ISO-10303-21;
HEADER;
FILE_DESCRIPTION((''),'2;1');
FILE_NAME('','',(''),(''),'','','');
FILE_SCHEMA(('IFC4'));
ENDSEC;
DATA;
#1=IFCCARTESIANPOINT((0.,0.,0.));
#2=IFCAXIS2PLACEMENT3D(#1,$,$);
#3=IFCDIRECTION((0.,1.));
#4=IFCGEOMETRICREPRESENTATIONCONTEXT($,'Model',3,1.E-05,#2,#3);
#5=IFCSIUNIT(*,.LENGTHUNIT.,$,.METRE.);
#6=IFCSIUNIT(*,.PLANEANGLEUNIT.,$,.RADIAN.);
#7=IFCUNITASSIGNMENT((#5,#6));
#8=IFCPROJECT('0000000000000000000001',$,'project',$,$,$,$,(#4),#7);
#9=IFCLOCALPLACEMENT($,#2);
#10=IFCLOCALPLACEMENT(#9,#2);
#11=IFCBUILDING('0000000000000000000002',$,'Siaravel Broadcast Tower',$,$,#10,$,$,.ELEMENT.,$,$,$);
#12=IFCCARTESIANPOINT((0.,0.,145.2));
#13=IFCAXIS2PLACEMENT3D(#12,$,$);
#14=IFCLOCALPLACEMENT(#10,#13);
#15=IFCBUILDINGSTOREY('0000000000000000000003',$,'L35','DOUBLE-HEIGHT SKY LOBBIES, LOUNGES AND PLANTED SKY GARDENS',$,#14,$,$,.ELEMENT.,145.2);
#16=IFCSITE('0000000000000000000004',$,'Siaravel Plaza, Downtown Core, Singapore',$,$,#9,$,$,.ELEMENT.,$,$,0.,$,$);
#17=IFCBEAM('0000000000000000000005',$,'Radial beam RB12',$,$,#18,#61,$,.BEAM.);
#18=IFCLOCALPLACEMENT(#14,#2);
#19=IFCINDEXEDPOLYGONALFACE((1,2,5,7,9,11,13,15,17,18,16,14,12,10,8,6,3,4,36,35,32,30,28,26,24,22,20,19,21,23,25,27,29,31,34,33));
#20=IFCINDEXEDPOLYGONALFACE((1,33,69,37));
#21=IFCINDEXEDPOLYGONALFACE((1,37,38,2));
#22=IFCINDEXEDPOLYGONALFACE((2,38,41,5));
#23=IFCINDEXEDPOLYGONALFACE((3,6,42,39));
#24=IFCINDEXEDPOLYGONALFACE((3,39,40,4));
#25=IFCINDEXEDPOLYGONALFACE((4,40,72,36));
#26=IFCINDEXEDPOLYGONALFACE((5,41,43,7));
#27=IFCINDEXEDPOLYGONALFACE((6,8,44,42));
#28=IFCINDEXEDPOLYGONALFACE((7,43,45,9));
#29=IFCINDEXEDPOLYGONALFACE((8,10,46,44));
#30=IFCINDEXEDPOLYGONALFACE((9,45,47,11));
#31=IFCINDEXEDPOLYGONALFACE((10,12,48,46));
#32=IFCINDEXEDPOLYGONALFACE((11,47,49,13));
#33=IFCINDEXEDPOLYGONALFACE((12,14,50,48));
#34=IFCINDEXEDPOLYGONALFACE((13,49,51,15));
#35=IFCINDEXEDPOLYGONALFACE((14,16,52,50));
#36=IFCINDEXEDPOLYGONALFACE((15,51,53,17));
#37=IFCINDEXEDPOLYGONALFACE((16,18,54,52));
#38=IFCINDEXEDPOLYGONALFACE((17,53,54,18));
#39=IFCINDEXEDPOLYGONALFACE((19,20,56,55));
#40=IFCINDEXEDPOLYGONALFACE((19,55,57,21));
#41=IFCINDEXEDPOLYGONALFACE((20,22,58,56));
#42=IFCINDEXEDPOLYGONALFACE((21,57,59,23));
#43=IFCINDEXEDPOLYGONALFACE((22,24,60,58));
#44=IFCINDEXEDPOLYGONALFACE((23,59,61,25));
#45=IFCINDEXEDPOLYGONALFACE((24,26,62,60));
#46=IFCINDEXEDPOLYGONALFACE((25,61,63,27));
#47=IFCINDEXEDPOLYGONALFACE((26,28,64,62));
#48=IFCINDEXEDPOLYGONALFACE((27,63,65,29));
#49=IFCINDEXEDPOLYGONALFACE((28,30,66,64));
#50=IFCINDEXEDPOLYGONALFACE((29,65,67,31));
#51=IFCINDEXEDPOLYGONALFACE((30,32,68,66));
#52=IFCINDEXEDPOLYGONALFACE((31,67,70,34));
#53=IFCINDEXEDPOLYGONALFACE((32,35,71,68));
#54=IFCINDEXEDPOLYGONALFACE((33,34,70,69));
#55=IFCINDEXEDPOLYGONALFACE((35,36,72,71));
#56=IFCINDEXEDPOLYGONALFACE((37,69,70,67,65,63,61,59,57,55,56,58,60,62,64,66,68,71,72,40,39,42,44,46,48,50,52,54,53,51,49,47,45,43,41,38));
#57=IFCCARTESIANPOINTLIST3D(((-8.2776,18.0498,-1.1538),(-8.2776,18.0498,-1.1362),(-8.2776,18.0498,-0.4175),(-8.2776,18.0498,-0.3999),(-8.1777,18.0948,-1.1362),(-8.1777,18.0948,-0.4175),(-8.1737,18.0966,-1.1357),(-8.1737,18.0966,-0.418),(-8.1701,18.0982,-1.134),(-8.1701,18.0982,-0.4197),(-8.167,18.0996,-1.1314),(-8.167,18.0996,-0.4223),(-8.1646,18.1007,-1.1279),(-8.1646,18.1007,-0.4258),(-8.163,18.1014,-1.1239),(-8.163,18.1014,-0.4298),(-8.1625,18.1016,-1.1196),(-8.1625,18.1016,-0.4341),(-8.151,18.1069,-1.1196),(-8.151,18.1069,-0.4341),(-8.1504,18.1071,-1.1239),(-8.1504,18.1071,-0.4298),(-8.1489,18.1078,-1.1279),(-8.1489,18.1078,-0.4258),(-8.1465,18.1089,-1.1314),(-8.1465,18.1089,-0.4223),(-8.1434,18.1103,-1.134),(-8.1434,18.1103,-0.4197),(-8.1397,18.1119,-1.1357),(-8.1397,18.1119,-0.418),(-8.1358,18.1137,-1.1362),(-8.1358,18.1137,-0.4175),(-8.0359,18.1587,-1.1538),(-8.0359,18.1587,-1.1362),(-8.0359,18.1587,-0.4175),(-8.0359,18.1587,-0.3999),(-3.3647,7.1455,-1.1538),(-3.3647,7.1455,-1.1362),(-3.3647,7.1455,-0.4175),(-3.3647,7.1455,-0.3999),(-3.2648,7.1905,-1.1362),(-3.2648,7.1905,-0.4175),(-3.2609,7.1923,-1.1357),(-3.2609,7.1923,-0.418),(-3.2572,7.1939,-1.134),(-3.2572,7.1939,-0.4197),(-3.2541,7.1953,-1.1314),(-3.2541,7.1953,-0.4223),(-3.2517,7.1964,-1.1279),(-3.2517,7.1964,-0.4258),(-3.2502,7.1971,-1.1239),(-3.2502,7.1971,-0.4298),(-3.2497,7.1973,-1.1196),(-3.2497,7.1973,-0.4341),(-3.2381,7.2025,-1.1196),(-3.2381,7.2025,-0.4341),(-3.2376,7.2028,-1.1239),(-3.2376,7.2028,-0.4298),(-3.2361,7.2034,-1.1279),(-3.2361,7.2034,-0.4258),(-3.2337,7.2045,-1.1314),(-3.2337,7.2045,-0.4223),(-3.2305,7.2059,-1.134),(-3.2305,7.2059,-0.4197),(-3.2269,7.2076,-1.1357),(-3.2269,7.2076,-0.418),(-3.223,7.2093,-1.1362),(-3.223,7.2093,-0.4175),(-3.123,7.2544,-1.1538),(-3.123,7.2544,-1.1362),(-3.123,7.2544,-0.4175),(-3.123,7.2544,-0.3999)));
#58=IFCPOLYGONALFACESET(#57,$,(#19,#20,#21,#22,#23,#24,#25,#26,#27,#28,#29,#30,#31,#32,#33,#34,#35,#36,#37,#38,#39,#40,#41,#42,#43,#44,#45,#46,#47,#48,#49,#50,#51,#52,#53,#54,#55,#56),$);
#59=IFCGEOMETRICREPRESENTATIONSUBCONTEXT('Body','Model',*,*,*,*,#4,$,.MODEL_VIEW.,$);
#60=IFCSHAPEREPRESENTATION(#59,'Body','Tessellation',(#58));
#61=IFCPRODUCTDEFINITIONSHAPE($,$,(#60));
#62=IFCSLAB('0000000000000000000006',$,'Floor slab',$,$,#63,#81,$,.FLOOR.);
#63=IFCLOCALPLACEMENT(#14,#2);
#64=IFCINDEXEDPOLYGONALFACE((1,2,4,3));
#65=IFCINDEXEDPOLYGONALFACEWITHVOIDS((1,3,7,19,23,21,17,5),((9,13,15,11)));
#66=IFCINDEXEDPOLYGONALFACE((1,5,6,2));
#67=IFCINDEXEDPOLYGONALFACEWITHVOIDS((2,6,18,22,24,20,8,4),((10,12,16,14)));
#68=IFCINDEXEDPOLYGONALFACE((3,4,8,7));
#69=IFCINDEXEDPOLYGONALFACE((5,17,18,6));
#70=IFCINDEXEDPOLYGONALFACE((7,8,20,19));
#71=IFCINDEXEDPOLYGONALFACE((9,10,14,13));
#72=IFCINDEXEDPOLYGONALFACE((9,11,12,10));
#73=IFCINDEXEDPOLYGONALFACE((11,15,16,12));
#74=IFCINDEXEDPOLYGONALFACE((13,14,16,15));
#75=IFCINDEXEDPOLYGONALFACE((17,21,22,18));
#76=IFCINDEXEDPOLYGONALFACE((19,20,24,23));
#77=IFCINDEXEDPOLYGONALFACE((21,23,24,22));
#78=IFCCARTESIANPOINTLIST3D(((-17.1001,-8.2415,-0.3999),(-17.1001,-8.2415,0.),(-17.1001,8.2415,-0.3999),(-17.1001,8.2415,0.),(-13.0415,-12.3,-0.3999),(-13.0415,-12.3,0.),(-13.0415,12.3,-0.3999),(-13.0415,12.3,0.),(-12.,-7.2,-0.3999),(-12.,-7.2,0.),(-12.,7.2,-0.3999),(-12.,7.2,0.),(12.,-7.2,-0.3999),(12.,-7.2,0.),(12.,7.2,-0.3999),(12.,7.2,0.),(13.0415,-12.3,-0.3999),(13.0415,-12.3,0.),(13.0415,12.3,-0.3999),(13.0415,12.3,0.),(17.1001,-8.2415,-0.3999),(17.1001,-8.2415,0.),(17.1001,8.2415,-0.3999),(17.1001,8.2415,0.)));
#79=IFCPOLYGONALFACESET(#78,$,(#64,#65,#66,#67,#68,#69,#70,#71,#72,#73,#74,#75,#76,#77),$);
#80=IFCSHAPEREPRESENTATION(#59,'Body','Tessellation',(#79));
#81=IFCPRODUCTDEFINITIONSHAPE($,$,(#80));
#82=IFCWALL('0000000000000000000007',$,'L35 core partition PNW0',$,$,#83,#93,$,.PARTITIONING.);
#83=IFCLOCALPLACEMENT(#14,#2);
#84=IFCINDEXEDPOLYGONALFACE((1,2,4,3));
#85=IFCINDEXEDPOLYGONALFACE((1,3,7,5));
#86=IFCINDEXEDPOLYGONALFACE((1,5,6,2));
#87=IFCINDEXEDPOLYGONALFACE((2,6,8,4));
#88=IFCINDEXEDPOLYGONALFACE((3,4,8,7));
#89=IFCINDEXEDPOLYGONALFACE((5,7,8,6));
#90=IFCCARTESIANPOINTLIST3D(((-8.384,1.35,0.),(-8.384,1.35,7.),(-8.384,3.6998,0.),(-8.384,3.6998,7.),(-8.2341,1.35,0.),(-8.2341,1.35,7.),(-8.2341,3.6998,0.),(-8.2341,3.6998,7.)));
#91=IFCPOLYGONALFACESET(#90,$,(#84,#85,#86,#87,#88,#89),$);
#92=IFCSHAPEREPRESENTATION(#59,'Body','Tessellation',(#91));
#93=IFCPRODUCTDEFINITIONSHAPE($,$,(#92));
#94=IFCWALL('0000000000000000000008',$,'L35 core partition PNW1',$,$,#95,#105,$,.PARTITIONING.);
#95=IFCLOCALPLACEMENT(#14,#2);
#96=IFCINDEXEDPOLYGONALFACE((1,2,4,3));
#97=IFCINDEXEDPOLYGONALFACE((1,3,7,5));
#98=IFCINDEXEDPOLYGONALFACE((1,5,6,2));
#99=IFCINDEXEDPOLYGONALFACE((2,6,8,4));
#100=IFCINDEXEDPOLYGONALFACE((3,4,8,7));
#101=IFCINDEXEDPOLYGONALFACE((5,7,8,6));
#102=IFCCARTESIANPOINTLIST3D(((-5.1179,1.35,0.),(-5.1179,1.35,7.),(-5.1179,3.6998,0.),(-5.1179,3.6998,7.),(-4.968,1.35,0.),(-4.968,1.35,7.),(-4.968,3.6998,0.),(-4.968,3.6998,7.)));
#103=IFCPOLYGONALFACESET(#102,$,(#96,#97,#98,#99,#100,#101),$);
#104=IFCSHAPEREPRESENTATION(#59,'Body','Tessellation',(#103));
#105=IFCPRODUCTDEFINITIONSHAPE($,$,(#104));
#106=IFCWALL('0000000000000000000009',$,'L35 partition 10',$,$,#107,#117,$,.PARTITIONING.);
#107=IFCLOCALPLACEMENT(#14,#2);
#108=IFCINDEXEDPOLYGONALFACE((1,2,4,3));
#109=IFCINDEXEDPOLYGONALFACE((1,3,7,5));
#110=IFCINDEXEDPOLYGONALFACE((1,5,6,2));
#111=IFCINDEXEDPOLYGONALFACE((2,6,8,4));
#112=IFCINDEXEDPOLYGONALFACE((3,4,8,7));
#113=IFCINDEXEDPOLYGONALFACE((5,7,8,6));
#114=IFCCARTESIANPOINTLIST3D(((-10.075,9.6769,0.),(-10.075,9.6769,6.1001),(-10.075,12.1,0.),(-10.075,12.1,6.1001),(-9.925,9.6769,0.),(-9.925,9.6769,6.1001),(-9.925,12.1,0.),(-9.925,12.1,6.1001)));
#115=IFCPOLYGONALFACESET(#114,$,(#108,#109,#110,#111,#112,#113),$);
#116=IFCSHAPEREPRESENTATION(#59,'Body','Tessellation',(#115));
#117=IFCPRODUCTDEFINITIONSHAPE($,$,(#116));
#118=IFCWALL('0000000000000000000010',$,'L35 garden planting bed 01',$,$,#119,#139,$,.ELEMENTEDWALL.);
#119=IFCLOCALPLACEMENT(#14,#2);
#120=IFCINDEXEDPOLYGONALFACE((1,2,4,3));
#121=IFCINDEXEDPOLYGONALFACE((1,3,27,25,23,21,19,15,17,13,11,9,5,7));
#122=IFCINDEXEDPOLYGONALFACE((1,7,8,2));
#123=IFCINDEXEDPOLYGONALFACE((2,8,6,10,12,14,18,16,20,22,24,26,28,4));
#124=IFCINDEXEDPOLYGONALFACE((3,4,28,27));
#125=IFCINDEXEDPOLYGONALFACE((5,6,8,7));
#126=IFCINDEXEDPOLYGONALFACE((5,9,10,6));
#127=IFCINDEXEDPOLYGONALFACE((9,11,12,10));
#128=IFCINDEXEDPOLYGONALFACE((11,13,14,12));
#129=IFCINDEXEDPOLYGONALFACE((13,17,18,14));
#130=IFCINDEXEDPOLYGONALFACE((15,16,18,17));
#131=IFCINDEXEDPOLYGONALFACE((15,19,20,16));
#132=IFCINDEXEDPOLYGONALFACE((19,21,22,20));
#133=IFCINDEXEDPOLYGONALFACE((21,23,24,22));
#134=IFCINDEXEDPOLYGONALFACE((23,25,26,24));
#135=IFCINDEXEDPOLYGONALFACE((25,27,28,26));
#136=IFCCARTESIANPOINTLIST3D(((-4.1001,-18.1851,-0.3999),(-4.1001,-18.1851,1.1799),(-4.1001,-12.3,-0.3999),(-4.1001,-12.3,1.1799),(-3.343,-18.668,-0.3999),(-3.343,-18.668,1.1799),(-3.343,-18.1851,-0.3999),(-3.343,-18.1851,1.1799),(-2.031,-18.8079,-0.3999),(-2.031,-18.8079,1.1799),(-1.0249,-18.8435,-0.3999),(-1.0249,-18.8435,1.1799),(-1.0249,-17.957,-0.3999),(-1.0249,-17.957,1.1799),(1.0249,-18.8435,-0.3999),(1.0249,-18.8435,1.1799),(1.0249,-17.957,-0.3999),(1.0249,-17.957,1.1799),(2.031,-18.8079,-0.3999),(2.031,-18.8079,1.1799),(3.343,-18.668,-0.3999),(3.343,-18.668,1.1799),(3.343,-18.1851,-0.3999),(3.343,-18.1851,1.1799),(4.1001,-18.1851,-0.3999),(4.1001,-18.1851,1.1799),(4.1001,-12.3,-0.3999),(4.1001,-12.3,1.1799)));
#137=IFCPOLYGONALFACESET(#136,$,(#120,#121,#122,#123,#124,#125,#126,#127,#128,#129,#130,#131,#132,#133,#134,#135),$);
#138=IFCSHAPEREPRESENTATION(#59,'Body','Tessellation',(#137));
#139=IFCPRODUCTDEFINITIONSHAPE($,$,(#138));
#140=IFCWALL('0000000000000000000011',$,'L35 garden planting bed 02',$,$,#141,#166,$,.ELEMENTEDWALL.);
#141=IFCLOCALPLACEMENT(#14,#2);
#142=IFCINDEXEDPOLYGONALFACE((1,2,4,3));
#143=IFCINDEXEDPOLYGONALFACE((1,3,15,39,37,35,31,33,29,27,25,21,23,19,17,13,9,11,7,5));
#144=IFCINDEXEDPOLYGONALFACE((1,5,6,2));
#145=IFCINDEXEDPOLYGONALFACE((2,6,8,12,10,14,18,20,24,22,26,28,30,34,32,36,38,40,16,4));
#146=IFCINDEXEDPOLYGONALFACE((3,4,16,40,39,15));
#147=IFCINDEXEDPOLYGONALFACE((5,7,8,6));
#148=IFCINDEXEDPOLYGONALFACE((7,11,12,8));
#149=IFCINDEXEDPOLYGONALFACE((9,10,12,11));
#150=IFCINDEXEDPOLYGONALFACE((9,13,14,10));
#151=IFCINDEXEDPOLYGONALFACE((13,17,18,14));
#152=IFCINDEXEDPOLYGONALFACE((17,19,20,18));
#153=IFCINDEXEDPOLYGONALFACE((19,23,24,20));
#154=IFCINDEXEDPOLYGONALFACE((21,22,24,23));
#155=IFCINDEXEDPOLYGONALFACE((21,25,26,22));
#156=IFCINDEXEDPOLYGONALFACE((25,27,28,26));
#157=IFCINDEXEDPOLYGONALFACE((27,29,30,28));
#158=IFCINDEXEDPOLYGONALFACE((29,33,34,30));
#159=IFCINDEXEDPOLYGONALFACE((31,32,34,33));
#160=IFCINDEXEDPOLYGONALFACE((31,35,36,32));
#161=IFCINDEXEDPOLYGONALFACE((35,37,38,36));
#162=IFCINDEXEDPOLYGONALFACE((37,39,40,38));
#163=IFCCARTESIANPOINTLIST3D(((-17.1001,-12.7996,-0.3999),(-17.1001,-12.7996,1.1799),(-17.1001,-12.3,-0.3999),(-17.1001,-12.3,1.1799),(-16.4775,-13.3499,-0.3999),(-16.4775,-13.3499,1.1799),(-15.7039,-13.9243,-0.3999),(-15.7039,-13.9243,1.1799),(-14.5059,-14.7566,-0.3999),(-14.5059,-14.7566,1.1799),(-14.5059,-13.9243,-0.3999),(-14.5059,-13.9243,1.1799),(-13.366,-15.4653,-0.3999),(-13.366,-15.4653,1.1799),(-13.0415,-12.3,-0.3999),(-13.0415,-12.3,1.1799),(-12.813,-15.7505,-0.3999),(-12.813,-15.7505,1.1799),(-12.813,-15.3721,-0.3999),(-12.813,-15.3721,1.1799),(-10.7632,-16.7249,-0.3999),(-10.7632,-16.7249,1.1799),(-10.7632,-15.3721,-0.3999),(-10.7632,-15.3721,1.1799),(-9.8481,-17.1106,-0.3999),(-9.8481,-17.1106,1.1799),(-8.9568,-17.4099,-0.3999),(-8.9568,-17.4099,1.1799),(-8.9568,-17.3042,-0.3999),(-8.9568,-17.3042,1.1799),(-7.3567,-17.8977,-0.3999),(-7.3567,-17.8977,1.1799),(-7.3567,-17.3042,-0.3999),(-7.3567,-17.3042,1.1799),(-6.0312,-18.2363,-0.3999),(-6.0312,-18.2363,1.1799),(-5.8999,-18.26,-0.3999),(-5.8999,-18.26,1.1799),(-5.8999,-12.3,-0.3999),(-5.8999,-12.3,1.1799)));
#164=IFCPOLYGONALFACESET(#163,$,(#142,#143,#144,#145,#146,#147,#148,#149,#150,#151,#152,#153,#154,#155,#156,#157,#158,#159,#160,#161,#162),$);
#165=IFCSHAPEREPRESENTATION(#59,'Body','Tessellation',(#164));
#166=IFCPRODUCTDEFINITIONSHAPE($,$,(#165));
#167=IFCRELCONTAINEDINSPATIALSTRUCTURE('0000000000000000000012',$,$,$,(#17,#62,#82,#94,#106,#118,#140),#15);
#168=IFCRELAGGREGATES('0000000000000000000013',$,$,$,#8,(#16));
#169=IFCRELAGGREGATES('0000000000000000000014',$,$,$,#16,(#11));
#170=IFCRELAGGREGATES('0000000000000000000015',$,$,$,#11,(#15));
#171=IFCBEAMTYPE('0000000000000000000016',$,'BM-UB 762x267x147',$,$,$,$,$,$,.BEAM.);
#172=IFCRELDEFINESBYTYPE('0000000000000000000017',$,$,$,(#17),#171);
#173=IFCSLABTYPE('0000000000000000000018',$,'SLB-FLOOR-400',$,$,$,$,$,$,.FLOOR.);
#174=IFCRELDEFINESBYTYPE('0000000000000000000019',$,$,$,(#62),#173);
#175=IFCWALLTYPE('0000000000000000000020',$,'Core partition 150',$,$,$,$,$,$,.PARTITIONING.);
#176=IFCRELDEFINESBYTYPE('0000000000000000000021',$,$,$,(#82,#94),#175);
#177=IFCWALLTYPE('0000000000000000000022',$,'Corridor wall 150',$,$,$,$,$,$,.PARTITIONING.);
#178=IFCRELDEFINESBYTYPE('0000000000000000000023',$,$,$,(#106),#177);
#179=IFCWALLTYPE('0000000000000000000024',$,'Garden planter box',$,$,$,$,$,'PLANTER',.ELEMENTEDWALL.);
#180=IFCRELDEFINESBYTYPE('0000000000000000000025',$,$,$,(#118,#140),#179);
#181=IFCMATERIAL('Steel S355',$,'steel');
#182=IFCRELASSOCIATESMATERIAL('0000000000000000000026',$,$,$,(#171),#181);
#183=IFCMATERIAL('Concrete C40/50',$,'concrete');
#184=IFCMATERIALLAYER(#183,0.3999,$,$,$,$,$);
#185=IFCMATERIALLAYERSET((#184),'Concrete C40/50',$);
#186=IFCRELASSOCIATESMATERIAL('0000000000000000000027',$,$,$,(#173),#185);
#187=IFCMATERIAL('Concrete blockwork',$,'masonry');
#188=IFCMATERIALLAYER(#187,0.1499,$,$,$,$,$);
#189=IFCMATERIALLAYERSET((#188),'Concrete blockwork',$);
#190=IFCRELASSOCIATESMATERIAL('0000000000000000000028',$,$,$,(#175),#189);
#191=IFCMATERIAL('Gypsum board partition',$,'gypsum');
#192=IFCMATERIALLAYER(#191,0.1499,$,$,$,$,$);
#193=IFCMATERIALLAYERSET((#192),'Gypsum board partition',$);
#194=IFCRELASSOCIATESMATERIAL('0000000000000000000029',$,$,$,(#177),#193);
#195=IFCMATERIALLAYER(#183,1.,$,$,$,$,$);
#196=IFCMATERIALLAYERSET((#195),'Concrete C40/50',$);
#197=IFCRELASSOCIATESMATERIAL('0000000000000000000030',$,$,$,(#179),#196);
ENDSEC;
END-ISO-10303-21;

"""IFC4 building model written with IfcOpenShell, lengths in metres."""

from ifc_helpers import new_model, si_unit, direction, frame, frame_2d, origin, origin_2d, place, context, subcontext, project, spatial, polyline, rectangle, i_section, outline, extrude, material, layer, layer_set, material_profile, profile_set, type_object, element, save


model = new_model("IFC4")

# Units and contexts
model_context = context("Model", 3, precision=1e-05, world=origin(), true_north=direction((0.0, 1.0)))
body_context = subcontext(model_context, "Body", "Model", "MODEL_VIEW")
ifc_project = project(units=[si_unit("LENGTHUNIT", "METRE"), si_unit("PLANEANGLEUNIT", "RADIAN")], contexts=[model_context])

# Site, building, storey
site_placement = place(None, origin())
site = spatial("IfcSite", under=ifc_project, at=site_placement, Name="Siaravel Plaza, Downtown Core, Singapore", CompositionType="ELEMENT", RefElevation=0.0)
building_placement = place(site_placement, origin())
building = spatial("IfcBuilding", under=site, at=building_placement, Name="Siaravel Broadcast Tower", CompositionType="ELEMENT")
storey_placement = place(building_placement, frame((0.0, 0.0, 145.2)))
storey = spatial("IfcBuildingStorey", under=building, at=storey_placement, Name="L35", Description="DOUBLE-HEIGHT SKY LOBBIES, LOUNGES AND PLANTED SKY GARDENS", CompositionType="ELEMENT", Elevation=145.2)

# Beam
ifc_material_1 = material(Name="Steel S355", Category="steel")
ifc_material_profile_1 = material_profile(ifc_material_1, i_section(OverallWidth=0.2651, OverallDepth=0.7539, WebThickness=0.0127, FlangeThickness=0.0176, FilletRadius=0.0166, at=origin_2d()))
ifc_profile_set_1 = profile_set([ifc_material_profile_1], Name="Steel S355")
beam_type = type_object("IfcBeamType", Name="BM-UB 762x267x147", PredefinedType="BEAM", material=ifc_profile_set_1)
beam_1_placement = place(storey_placement, frame((-8.1567, 18.1042, -0.7769), z_axis=(0.410775, -0.911737, 0.0), x_axis=(0.911737, 0.410775, 0.0)))
element("IfcBeam", 1, at=beam_1_placement, inside=storey, type_object=beam_type, Name="Radial beam RB12", PredefinedType="BEAM", context=body_context, shape_type="SweptSolid", body=[
    extrude(i_section(OverallWidth=0.2651, OverallDepth=0.7539, WebThickness=0.0127, FlangeThickness=0.0176, FilletRadius=0.0166, at=origin_2d()), origin(), (0.0, 0.0, 1.0), 11.96),
])

# Slab
ifc_material_2 = material(Name="Concrete C40/50", Category="concrete")
ifc_layer_1 = layer(ifc_material_2, 0.3999)
ifc_layer_set_1 = layer_set([ifc_layer_1], Name="Concrete C40/50")
slab_type_1 = type_object("IfcSlabType", Name="SLB-FLOOR-400", PredefinedType="FLOOR", material=ifc_layer_set_1)
slab_1_placement = place(storey_placement, frame((0.0, 0.0, -0.3999)))
element("IfcSlab", 2, at=slab_1_placement, inside=storey, type_object=slab_type_1, Name="Floor slab", PredefinedType="FLOOR", context=body_context, shape_type="SweptSolid", body=[
    extrude(outline(polyline([(-17.1001, 8.2415), (-17.1001, -8.2415), (-13.0415, -12.3), (13.0415, -12.3), (17.1001, -8.2415), (17.1001, 8.2415), (13.0415, 12.3), (-13.0415, 12.3), (-17.1001, 8.2415)]), holes=[polyline([(-12.0, 7.2), (12.0, 7.2), (12.0, -7.2), (-12.0, -7.2), (-12.0, 7.2)])]), origin(), (0.0, 0.0, 1.0), 0.3999),
])

# Walls
ifc_material_3 = material(Name="Concrete blockwork", Category="masonry")
ifc_layer_2 = layer(ifc_material_3, 0.1499)
ifc_layer_set_2 = layer_set([ifc_layer_2], Name="Concrete blockwork")
wall_type_1 = type_object("IfcWallType", Name="Core partition 150", PredefinedType="PARTITIONING", material=ifc_layer_set_2)
for number, where, z_axis, x_axis, name in (
    (3, (-8.3091, 1.3501, 0.0), (0.0, 0.0, 1.0), (0.0, 1.0, 0.0), "L35 core partition PNW0"),
    (4, (-5.043, 1.3501, 0.0), (0.0, 0.0, 1.0), (0.0, 1.0, 0.0), "L35 core partition PNW1"),
):
    element("IfcWall", number, at=place(storey_placement, frame(where, z_axis=z_axis, x_axis=x_axis)), inside=storey, type_object=wall_type_1, Name=name, PredefinedType="PARTITIONING", context=body_context, shape_type="SweptSolid", body=[
        extrude(rectangle(XDim=2.3499, YDim=0.1499, at=frame_2d((1.1748, 0.0))), origin(), (0.0, 0.0, 1.0), 7.0),
    ])
ifc_material_4 = material(Name="Gypsum board partition", Category="gypsum")
ifc_layer_3 = layer(ifc_material_4, 0.1499)
ifc_layer_set_3 = layer_set([ifc_layer_3], Name="Gypsum board partition")
wall_type_2 = type_object("IfcWallType", Name="Corridor wall 150", PredefinedType="PARTITIONING", material=ifc_layer_set_3)
wall_1_placement = place(storey_placement, frame((-10.0, 9.677, 0.0), z_axis=(0.0, 0.0, 1.0), x_axis=(0.0, 1.0, 0.0)))
element("IfcWall", 5, at=wall_1_placement, inside=storey, type_object=wall_type_2, Name="L35 partition 10", PredefinedType="PARTITIONING", context=body_context, shape_type="SweptSolid", body=[
    extrude(rectangle(XDim=2.4231, YDim=0.1499, at=frame_2d((1.2114, 0.0))), origin(), (0.0, 0.0, 1.0), 6.1001),
])
ifc_layer_4 = layer(ifc_material_2, 1.0)
ifc_layer_set_4 = layer_set([ifc_layer_4], Name="Concrete C40/50")
wall_type_3 = type_object("IfcWallType", Name="Garden planter box", ElementType="PLANTER", PredefinedType="ELEMENTEDWALL", material=ifc_layer_set_4)
wall_2_placement = place(storey_placement, frame((0.0, 0.0, -0.3999)))
element("IfcWall", 6, at=wall_2_placement, inside=storey, type_object=wall_type_3, Name="L35 garden planting bed 01", PredefinedType="ELEMENTEDWALL", context=body_context, shape_type="SweptSolid", body=[
    extrude(outline(polyline([(2.031, -18.8079), (3.343, -18.668), (3.343, -18.1851), (4.1001, -18.1851), (4.1001, -12.3), (-4.1001, -12.3), (-4.1001, -18.1851), (-3.343, -18.1851), (-3.343, -18.668), (-2.031, -18.8079), (-1.0249, -18.8435), (-1.0249, -17.957), (1.0249, -17.957), (1.0249, -18.8435), (2.031, -18.8079)])), origin(), (0.0, 0.0, 1.0), 1.5798),
])
wall_3_placement = place(storey_placement, frame((0.0, 0.0, -0.3999)))
element("IfcWall", 7, at=wall_3_placement, inside=storey, type_object=wall_type_3, Name="L35 garden planting bed 02", PredefinedType="ELEMENTEDWALL", context=body_context, shape_type="SweptSolid", body=[
    extrude(outline(polyline([(-7.3567, -17.8977), (-6.0312, -18.2363), (-5.8999, -18.26), (-5.8999, -12.3), (-13.0415, -12.3), (-17.1001, -12.3), (-17.1001, -12.7996), (-16.4775, -13.3499), (-15.7039, -13.9243), (-14.5059, -13.9243), (-14.5059, -14.7566), (-13.366, -15.4653), (-12.813, -15.7505), (-12.813, -15.3721), (-10.7632, -15.3721), (-10.7632, -16.7249), (-9.8481, -17.1106), (-8.9568, -17.4099), (-8.9568, -17.3042), (-7.3567, -17.3042), (-7.3567, -17.8977)])), origin(), (0.0, 0.0, 1.0), 1.5798),
])

save(model, "model.ifc")
